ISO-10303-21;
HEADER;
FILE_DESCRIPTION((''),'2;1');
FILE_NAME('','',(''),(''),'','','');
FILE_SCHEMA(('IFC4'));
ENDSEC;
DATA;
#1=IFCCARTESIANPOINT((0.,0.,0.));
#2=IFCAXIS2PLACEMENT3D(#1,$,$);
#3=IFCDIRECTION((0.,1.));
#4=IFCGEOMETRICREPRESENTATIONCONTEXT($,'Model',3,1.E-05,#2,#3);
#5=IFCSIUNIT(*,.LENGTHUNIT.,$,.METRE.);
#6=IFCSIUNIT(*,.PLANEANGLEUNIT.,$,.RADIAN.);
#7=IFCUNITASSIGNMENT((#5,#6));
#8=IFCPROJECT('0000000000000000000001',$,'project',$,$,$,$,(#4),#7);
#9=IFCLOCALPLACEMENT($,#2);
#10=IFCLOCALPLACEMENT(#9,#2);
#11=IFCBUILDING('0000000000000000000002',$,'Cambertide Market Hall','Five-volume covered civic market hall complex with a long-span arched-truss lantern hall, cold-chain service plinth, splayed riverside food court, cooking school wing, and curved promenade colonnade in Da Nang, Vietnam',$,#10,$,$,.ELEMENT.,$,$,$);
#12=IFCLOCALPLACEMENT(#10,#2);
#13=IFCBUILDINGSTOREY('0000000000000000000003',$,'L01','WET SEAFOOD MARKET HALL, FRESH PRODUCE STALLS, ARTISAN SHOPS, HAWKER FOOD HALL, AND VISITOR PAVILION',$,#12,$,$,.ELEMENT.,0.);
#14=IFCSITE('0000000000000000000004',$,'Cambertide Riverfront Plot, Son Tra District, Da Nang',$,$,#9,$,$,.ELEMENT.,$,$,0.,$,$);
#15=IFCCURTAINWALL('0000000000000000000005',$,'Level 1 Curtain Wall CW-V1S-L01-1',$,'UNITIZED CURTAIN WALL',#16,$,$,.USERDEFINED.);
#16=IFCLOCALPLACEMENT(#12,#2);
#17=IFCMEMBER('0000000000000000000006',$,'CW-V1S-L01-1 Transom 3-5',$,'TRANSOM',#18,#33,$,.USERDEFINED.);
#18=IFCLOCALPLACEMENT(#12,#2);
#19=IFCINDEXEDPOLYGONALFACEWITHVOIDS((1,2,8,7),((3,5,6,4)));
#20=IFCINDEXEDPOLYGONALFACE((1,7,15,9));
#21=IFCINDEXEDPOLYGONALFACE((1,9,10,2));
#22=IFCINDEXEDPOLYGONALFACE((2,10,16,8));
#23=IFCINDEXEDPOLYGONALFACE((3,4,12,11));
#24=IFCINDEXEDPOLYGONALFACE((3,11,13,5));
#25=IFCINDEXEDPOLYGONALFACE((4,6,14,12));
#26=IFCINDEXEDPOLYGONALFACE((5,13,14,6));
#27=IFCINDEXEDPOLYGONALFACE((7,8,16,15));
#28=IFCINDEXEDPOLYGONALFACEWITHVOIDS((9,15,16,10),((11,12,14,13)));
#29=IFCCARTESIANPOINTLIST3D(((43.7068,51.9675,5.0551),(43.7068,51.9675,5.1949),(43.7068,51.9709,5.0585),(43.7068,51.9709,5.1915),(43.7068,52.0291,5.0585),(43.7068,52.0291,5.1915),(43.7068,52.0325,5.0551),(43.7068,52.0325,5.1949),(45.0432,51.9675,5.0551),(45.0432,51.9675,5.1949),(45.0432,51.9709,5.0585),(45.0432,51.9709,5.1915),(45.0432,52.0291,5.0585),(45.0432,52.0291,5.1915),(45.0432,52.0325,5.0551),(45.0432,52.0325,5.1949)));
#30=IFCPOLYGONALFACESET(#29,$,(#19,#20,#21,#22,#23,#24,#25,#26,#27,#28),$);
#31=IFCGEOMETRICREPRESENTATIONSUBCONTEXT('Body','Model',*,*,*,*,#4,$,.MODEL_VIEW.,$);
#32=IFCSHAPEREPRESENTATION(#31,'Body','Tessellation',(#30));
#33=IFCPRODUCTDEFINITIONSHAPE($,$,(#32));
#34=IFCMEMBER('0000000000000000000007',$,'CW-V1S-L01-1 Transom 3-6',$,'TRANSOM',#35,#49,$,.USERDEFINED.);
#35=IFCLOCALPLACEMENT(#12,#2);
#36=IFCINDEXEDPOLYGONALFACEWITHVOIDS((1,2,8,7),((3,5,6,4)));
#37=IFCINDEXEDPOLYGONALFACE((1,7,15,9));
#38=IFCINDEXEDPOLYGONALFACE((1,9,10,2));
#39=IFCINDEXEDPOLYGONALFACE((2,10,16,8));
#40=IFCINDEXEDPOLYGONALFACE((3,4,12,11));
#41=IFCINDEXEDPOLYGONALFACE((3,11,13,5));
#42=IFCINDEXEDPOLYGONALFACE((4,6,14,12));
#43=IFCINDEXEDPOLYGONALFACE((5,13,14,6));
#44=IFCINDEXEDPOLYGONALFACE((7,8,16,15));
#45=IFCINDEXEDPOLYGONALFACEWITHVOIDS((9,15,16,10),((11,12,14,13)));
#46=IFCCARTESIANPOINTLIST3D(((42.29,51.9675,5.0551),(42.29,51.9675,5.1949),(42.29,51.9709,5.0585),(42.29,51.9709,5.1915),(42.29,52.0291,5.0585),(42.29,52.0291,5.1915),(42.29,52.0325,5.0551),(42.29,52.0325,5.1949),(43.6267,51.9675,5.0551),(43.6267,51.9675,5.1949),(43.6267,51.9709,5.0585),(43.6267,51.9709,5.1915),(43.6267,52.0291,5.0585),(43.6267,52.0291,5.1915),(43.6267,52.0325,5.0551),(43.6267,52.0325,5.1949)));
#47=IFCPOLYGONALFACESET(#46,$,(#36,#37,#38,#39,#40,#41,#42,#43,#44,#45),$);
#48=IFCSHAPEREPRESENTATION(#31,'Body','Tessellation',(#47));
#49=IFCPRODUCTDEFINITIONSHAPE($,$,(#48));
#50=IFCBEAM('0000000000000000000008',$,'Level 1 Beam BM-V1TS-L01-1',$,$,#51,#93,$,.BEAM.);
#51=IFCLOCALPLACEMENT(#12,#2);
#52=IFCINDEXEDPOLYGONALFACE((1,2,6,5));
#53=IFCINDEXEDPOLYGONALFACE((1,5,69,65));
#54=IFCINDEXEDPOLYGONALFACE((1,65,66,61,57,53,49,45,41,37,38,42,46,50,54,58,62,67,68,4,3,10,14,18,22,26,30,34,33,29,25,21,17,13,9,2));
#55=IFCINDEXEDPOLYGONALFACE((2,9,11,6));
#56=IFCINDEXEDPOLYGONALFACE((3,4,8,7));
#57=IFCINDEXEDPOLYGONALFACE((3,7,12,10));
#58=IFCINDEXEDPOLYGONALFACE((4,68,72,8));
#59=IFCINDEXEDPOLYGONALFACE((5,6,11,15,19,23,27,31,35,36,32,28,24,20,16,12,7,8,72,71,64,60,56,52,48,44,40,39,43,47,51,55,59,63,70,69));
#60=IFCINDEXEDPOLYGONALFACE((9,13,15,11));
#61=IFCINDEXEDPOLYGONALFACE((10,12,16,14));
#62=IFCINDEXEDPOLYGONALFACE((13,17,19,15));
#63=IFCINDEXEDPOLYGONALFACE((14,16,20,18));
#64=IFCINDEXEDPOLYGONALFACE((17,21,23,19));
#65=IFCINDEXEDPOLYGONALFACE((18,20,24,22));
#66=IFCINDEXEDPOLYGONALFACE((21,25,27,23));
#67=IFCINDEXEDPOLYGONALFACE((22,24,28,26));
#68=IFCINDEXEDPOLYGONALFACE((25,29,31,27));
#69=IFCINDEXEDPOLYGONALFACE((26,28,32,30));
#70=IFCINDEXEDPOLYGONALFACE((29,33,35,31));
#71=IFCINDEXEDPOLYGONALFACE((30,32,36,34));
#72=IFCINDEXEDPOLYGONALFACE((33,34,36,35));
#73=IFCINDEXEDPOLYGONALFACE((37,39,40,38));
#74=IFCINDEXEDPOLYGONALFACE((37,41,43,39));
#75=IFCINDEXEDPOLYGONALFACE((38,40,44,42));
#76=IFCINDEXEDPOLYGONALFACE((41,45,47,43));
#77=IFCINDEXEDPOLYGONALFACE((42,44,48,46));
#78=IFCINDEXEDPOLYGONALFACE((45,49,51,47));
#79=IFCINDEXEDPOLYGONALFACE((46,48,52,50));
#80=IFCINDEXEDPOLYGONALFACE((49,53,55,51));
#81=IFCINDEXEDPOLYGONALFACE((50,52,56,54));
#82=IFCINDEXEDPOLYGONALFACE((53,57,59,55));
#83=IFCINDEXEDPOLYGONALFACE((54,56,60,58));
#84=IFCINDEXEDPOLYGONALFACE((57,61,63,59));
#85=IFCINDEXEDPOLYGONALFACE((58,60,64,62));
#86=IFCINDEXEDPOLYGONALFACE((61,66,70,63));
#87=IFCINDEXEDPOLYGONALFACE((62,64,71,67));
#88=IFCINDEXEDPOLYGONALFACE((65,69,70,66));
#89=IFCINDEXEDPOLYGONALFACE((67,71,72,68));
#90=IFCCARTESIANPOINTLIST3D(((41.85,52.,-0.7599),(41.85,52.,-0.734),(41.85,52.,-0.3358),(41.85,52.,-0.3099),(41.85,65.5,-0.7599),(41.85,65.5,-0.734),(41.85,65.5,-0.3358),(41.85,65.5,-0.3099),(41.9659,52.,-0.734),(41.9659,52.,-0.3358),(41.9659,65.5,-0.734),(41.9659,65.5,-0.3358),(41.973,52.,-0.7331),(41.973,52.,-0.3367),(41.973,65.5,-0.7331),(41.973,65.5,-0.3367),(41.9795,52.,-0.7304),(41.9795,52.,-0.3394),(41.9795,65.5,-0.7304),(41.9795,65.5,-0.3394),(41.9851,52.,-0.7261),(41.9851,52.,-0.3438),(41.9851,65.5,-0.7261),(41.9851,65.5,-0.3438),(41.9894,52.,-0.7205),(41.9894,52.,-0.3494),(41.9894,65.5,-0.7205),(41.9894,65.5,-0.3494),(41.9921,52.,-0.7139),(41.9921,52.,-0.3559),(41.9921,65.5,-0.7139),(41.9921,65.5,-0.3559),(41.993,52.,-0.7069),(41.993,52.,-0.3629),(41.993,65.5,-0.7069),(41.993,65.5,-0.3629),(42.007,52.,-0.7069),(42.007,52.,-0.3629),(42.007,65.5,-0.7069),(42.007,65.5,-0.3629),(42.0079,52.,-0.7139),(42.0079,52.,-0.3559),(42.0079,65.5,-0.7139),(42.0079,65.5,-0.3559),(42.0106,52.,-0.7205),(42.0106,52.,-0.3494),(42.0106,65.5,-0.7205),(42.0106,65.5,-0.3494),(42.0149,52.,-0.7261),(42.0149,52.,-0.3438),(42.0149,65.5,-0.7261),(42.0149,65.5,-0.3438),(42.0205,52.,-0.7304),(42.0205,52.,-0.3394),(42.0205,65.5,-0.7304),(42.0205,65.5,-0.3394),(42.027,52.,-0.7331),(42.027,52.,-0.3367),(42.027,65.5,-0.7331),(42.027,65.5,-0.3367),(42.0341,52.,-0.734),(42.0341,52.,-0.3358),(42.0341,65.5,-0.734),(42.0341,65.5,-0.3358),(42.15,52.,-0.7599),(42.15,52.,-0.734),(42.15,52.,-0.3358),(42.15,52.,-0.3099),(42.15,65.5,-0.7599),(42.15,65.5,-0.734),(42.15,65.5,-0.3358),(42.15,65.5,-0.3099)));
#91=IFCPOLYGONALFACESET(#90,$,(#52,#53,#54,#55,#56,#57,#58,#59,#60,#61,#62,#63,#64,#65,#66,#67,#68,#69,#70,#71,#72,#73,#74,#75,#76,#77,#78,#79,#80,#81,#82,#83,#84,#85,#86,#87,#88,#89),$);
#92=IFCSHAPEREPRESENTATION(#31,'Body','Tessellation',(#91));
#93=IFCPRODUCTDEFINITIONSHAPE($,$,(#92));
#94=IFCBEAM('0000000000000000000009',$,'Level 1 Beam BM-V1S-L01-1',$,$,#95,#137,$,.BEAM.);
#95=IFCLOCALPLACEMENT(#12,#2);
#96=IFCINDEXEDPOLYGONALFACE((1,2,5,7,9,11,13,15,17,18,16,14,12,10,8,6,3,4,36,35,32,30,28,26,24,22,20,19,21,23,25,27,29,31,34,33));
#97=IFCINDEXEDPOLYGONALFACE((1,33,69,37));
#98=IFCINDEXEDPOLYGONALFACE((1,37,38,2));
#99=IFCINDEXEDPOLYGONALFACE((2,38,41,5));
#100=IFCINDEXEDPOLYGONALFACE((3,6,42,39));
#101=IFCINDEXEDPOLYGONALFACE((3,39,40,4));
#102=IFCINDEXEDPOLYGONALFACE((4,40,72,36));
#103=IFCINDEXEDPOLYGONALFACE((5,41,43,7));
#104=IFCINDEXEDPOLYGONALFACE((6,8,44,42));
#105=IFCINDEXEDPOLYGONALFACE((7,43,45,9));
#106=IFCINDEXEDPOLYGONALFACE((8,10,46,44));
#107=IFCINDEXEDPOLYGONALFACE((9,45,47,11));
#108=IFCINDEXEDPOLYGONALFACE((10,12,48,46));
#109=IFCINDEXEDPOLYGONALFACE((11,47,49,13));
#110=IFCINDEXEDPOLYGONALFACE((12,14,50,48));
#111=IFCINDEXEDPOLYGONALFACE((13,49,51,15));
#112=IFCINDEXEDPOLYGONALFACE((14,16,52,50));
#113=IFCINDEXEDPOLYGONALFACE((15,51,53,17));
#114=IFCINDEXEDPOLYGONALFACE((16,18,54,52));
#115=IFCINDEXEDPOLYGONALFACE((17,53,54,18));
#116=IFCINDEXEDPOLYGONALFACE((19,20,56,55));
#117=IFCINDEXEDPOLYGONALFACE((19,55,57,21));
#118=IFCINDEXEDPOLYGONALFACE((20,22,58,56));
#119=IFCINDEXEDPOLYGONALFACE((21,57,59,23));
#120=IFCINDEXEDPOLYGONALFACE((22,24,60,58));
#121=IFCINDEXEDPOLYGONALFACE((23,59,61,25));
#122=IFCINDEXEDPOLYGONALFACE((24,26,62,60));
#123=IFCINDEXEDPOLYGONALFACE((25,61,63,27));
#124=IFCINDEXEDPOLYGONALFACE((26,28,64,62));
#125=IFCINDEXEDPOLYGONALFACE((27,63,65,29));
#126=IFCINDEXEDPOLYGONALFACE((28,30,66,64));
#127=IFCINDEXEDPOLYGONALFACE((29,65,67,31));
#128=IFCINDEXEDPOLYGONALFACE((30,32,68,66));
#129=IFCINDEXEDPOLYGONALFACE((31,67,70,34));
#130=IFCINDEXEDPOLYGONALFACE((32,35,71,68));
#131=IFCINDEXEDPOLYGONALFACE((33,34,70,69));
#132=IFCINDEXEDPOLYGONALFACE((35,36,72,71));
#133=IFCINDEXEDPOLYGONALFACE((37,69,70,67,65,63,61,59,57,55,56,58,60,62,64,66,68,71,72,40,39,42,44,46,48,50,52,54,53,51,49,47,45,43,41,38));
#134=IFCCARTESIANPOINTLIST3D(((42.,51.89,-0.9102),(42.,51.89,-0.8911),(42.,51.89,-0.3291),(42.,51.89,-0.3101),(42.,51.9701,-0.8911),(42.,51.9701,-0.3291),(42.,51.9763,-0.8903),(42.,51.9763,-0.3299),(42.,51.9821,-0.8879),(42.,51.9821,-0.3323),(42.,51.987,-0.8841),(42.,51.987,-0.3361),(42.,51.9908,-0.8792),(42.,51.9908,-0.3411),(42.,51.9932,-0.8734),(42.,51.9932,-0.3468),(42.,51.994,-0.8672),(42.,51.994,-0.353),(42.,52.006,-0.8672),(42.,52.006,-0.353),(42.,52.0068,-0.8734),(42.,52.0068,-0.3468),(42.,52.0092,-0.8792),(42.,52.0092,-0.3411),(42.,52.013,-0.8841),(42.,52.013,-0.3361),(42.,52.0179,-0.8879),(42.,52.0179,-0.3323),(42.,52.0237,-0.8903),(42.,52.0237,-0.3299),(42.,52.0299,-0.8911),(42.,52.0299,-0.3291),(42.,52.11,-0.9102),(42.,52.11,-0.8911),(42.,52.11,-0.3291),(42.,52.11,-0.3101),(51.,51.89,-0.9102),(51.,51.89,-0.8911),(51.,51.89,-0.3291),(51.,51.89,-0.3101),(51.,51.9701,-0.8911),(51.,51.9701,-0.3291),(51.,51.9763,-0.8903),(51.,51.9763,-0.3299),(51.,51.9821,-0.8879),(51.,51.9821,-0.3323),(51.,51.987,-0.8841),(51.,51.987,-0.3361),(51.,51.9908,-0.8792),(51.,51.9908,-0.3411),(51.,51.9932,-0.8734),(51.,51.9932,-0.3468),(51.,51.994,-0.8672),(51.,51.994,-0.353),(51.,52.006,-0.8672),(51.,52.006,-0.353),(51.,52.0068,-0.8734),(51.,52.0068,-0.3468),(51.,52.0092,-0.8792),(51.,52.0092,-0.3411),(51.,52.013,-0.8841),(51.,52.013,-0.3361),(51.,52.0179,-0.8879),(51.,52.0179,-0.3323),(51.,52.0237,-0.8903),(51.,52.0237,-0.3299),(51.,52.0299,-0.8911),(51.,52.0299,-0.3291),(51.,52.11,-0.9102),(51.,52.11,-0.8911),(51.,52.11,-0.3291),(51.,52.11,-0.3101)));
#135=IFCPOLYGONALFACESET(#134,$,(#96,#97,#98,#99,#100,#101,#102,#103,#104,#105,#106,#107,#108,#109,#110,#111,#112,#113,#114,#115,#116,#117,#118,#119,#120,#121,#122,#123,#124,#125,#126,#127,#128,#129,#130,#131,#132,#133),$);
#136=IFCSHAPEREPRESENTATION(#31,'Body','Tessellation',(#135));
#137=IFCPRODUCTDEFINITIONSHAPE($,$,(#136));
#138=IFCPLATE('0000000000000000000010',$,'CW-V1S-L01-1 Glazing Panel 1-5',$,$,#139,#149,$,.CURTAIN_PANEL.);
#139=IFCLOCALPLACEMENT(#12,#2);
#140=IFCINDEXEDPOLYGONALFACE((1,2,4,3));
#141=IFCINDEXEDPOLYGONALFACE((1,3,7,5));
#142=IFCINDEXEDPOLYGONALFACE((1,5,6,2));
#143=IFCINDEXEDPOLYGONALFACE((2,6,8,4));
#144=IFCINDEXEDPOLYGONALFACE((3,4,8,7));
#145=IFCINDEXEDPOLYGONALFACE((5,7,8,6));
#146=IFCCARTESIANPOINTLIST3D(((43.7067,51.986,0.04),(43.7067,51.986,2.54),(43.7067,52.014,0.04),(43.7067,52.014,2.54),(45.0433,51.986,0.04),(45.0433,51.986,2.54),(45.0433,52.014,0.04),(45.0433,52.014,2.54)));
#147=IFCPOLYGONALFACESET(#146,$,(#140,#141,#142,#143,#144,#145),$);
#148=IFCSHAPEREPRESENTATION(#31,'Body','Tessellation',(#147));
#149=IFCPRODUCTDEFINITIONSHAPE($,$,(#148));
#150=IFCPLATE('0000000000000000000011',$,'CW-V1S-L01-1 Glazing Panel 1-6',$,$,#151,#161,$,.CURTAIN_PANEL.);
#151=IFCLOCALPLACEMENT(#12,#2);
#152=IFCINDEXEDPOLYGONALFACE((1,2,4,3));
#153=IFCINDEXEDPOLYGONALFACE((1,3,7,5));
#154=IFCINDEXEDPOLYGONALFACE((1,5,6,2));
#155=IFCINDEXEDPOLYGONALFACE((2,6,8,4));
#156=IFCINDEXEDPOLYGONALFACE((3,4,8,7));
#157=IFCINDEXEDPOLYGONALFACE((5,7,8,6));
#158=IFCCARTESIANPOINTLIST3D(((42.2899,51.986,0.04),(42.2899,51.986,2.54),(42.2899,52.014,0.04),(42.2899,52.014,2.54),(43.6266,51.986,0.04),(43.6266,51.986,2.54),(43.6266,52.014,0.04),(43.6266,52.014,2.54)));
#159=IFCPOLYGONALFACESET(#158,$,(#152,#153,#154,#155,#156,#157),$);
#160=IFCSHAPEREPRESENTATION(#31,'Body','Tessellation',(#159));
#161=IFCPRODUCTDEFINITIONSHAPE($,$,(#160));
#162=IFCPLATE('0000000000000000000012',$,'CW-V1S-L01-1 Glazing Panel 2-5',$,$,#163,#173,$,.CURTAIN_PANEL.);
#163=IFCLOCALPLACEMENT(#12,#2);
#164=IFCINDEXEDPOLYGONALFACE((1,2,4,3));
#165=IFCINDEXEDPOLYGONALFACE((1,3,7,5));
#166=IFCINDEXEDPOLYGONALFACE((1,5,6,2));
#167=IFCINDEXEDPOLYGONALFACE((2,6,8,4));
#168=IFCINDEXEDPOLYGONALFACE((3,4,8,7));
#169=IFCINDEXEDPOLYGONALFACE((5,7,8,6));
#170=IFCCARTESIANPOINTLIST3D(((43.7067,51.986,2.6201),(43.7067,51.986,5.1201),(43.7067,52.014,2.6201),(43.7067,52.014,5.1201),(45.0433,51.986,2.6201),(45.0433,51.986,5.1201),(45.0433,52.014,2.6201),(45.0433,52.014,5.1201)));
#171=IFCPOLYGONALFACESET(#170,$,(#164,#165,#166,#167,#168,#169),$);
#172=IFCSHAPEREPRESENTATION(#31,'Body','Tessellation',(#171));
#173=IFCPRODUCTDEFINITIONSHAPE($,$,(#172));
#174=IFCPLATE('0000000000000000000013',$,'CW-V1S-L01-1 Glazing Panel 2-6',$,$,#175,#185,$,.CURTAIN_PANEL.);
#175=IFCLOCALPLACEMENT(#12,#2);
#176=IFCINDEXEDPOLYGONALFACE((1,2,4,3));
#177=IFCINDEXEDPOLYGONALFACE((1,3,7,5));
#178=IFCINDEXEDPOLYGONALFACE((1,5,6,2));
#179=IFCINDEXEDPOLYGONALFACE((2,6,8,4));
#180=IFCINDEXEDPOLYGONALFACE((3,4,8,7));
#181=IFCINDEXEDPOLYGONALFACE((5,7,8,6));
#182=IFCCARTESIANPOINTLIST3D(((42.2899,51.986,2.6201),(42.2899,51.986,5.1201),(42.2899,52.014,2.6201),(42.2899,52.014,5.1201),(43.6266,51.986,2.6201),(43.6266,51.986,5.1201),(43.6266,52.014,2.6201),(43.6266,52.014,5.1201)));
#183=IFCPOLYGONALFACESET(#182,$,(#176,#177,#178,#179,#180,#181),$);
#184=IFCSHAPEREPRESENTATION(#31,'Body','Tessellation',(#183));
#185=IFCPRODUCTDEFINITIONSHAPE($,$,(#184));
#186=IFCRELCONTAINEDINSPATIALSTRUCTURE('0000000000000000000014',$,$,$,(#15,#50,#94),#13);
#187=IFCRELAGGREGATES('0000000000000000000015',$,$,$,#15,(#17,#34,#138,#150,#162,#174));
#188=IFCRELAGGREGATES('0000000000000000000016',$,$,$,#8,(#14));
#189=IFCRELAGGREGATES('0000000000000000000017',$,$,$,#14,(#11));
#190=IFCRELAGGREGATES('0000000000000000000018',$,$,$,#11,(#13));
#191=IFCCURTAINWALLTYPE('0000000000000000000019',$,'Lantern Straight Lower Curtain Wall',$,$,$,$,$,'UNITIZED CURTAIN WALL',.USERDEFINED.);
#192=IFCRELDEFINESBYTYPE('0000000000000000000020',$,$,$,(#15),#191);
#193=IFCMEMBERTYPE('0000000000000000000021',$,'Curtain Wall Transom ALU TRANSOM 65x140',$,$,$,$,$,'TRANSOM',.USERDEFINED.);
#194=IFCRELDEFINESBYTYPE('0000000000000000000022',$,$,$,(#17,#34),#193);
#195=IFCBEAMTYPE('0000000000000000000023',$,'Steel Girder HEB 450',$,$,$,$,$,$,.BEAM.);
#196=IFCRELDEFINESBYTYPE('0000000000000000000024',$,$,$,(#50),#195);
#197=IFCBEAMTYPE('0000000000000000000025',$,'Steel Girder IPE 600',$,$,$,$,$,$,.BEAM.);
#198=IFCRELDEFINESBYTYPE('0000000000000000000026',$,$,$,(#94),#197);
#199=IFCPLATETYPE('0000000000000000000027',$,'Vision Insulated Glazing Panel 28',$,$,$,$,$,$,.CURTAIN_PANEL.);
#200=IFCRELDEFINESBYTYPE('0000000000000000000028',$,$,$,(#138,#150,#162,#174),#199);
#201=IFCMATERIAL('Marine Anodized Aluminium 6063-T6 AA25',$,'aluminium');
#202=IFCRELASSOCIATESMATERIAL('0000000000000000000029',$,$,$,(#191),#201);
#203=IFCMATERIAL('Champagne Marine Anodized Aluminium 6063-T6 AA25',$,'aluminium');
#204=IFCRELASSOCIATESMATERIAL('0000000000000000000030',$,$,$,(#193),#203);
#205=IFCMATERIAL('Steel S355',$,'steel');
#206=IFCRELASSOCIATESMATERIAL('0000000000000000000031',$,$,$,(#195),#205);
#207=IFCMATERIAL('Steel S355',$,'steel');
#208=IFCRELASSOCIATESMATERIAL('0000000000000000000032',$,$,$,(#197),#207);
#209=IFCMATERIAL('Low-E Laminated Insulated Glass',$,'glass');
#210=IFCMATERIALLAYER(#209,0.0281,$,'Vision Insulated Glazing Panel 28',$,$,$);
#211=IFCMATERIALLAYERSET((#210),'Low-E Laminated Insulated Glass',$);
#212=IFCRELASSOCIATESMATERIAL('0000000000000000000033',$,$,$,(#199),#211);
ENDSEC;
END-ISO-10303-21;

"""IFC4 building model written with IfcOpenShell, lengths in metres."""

from ifc_helpers import new_model, si_unit, direction, frame, origin, origin_2d, place, context, subcontext, project, spatial, rectangle, hollow_rectangle, i_section, extrude, material, layer, layer_set, material_profile, profile_set, type_object, element, aggregate, save


model = new_model("IFC4")

# Units and contexts
model_context = context("Model", 3, precision=1e-05, world=origin(), true_north=direction((0.0, 1.0)))
body_context = subcontext(model_context, "Body", "Model", "MODEL_VIEW")
ifc_project = project(units=[si_unit("LENGTHUNIT", "METRE"), si_unit("PLANEANGLEUNIT", "RADIAN")], contexts=[model_context])

# Site, building, storey
site_placement = place(None, origin())
site = spatial("IfcSite", under=ifc_project, at=site_placement, Name="Cambertide Riverfront Plot, Son Tra District, Da Nang", CompositionType="ELEMENT", RefElevation=0.0)
building_placement = place(site_placement, origin())
building = spatial("IfcBuilding", under=site, at=building_placement, Name="Cambertide Market Hall", Description="Five-volume covered civic market hall complex with a long-span arched-truss lantern hall, cold-chain service plinth, splayed riverside food court, cooking school wing, and curved promenade colonnade in Da Nang, Vietnam", CompositionType="ELEMENT")
storey_placement = place(building_placement, origin())
storey = spatial("IfcBuildingStorey", under=building, at=storey_placement, Name="L01", Description="WET SEAFOOD MARKET HALL, FRESH PRODUCE STALLS, ARTISAN SHOPS, HAWKER FOOD HALL, AND VISITOR PAVILION", CompositionType="ELEMENT", Elevation=0.0)

# Curtain wall, members
ifc_material_1 = material(Name="Marine Anodized Aluminium 6063-T6 AA25", Category="aluminium")
curtain_wall_type = type_object("IfcCurtainWallType", Name="Lantern Straight Lower Curtain Wall", ElementType="UNITIZED CURTAIN WALL", PredefinedType="USERDEFINED", material=ifc_material_1)
curtain_wall_placement = place(storey_placement, origin())
curtain_wall = element("IfcCurtainWall", 1, at=curtain_wall_placement, inside=storey, type_object=curtain_wall_type, Name="Level 1 Curtain Wall CW-V1S-L01-1", ObjectType="UNITIZED CURTAIN WALL", PredefinedType="USERDEFINED")
ifc_material_2 = material(Name="Champagne Marine Anodized Aluminium 6063-T6 AA25", Category="aluminium")
ifc_material_profile_1 = material_profile(ifc_material_2, hollow_rectangle(XDim=0.0649, YDim=0.1399, WallThickness=0.0034, at=origin_2d()), Name="ALU TRANSOM 65x140")
ifc_profile_set_1 = profile_set([ifc_material_profile_1], Name="Champagne Marine Anodized Aluminium 6063-T6 AA25")
member_type_1 = type_object("IfcMemberType", Name="Curtain Wall Transom ALU TRANSOM 65x140", ElementType="TRANSOM", PredefinedType="USERDEFINED", material=ifc_profile_set_1)
member_1_placement = place(storey_placement, frame((45.0432, 52.0, 5.125), z_axis=(-1.0, 0.0, 0.0), x_axis=(0.0, -1.0, 0.0)))
member_1 = element("IfcMember", 2, at=member_1_placement, type_object=member_type_1, Name="CW-V1S-L01-1 Transom 3-5", ObjectType="TRANSOM", PredefinedType="USERDEFINED", context=body_context, shape_type="SweptSolid", body=[
    extrude(hollow_rectangle(XDim=0.0649, YDim=0.1399, WallThickness=0.0034, at=origin_2d()), origin(), (0.0, 0.0, 1.0), 1.3364),
])
member_2_placement = place(storey_placement, frame((43.6267, 52.0, 5.125), z_axis=(-1.0, 0.0, 0.0), x_axis=(0.0, -1.0, 0.0)))
member_2 = element("IfcMember", 3, at=member_2_placement, type_object=member_type_1, Name="CW-V1S-L01-1 Transom 3-6", ObjectType="TRANSOM", PredefinedType="USERDEFINED", context=body_context, shape_type="SweptSolid", body=[
    extrude(hollow_rectangle(XDim=0.0649, YDim=0.1399, WallThickness=0.0034, at=origin_2d()), origin(), (0.0, 0.0, 1.0), 1.3367),
])

# Beams
ifc_material_3 = material(Name="Steel S355", Category="steel")
ifc_material_profile_2 = material_profile(ifc_material_3, i_section(OverallWidth=0.3, OverallDepth=0.45, WebThickness=0.0139, FlangeThickness=0.0259, FilletRadius=0.0271, at=origin_2d()), Name="HEB 450")
ifc_profile_set_2 = profile_set([ifc_material_profile_2], Name="Steel S355")
beam_type_1 = type_object("IfcBeamType", Name="Steel Girder HEB 450", PredefinedType="BEAM", material=ifc_profile_set_2)
beam_1_placement = place(storey_placement, frame((42.0, 52.0, -0.5349), z_axis=(0.0, 1.0, 0.0), x_axis=(-1.0, 0.0, 0.0)))
element("IfcBeam", 4, at=beam_1_placement, inside=storey, type_object=beam_type_1, Name="Level 1 Beam BM-V1TS-L01-1", PredefinedType="BEAM", context=body_context, shape_type="SweptSolid", body=[
    extrude(i_section(OverallWidth=0.3, OverallDepth=0.45, WebThickness=0.0139, FlangeThickness=0.0259, FilletRadius=0.0271, at=origin_2d()), origin(), (0.0, 0.0, 1.0), 13.5),
])
ifc_material_4 = material(Name="Steel S355", Category="steel")
ifc_material_profile_3 = material_profile(ifc_material_4, i_section(OverallWidth=0.22, OverallDepth=0.6001, WebThickness=0.012, FlangeThickness=0.019, FilletRadius=0.0239, at=origin_2d()), Name="IPE 600")
ifc_profile_set_3 = profile_set([ifc_material_profile_3], Name="Steel S355")
beam_type_2 = type_object("IfcBeamType", Name="Steel Girder IPE 600", PredefinedType="BEAM", material=ifc_profile_set_3)
beam_2_placement = place(storey_placement, frame((42.0, 52.0, -0.6101), z_axis=(1.0, 0.0, 0.0), x_axis=(0.0, 1.0, 0.0)))
element("IfcBeam", 5, at=beam_2_placement, inside=storey, type_object=beam_type_2, Name="Level 1 Beam BM-V1S-L01-1", PredefinedType="BEAM", context=body_context, shape_type="SweptSolid", body=[
    extrude(i_section(OverallWidth=0.22, OverallDepth=0.6001, WebThickness=0.012, FlangeThickness=0.019, FilletRadius=0.0239, at=origin_2d()), origin(), (0.0, 0.0, 1.0), 9.0),
])

# Plates
ifc_material_5 = material(Name="Low-E Laminated Insulated Glass", Category="glass")
ifc_layer_1 = layer(ifc_material_5, 0.0281, Name="Vision Insulated Glazing Panel 28")
ifc_layer_set_1 = layer_set([ifc_layer_1], Name="Low-E Laminated Insulated Glass")
plate_type = type_object("IfcPlateType", Name="Vision Insulated Glazing Panel 28", PredefinedType="CURTAIN_PANEL", material=ifc_layer_set_1)
plate_1_placement = place(storey_placement, frame((44.375, 52.0, 0.04), z_axis=(0.0, 0.0, 1.0), x_axis=(-1.0, 0.0, 0.0)))
plate_1 = element("IfcPlate", 6, at=plate_1_placement, type_object=plate_type, Name="CW-V1S-L01-1 Glazing Panel 1-5", PredefinedType="CURTAIN_PANEL", context=body_context, shape_type="SweptSolid", body=[
    extrude(rectangle(XDim=1.3367, YDim=0.0281, at=origin_2d()), origin(), (0.0, 0.0, 1.0), 2.5),
])
plate_2_placement = place(storey_placement, frame((42.9583, 52.0, 0.04), z_axis=(0.0, 0.0, 1.0), x_axis=(-1.0, 0.0, 0.0)))
plate_2 = element("IfcPlate", 7, at=plate_2_placement, type_object=plate_type, Name="CW-V1S-L01-1 Glazing Panel 1-6", PredefinedType="CURTAIN_PANEL", context=body_context, shape_type="SweptSolid", body=[
    extrude(rectangle(XDim=1.3367, YDim=0.0281, at=origin_2d()), origin(), (0.0, 0.0, 1.0), 2.5),
])
plate_3_placement = place(storey_placement, frame((44.375, 52.0, 2.6201), z_axis=(0.0, 0.0, 1.0), x_axis=(-1.0, 0.0, 0.0)))
plate_3 = element("IfcPlate", 8, at=plate_3_placement, type_object=plate_type, Name="CW-V1S-L01-1 Glazing Panel 2-5", PredefinedType="CURTAIN_PANEL", context=body_context, shape_type="SweptSolid", body=[
    extrude(rectangle(XDim=1.3367, YDim=0.0281, at=origin_2d()), origin(), (0.0, 0.0, 1.0), 2.5),
])
plate_4_placement = place(storey_placement, frame((42.9583, 52.0, 2.6201), z_axis=(0.0, 0.0, 1.0), x_axis=(-1.0, 0.0, 0.0)))
plate_4 = element("IfcPlate", 9, at=plate_4_placement, type_object=plate_type, Name="CW-V1S-L01-1 Glazing Panel 2-6", PredefinedType="CURTAIN_PANEL", context=body_context, shape_type="SweptSolid", body=[
    extrude(rectangle(XDim=1.3367, YDim=0.0281, at=origin_2d()), origin(), (0.0, 0.0, 1.0), 2.5),
])
aggregate(curtain_wall, [member_1, member_2, plate_1, plate_2, plate_3, plate_4])

save(model, "model.ifc")
